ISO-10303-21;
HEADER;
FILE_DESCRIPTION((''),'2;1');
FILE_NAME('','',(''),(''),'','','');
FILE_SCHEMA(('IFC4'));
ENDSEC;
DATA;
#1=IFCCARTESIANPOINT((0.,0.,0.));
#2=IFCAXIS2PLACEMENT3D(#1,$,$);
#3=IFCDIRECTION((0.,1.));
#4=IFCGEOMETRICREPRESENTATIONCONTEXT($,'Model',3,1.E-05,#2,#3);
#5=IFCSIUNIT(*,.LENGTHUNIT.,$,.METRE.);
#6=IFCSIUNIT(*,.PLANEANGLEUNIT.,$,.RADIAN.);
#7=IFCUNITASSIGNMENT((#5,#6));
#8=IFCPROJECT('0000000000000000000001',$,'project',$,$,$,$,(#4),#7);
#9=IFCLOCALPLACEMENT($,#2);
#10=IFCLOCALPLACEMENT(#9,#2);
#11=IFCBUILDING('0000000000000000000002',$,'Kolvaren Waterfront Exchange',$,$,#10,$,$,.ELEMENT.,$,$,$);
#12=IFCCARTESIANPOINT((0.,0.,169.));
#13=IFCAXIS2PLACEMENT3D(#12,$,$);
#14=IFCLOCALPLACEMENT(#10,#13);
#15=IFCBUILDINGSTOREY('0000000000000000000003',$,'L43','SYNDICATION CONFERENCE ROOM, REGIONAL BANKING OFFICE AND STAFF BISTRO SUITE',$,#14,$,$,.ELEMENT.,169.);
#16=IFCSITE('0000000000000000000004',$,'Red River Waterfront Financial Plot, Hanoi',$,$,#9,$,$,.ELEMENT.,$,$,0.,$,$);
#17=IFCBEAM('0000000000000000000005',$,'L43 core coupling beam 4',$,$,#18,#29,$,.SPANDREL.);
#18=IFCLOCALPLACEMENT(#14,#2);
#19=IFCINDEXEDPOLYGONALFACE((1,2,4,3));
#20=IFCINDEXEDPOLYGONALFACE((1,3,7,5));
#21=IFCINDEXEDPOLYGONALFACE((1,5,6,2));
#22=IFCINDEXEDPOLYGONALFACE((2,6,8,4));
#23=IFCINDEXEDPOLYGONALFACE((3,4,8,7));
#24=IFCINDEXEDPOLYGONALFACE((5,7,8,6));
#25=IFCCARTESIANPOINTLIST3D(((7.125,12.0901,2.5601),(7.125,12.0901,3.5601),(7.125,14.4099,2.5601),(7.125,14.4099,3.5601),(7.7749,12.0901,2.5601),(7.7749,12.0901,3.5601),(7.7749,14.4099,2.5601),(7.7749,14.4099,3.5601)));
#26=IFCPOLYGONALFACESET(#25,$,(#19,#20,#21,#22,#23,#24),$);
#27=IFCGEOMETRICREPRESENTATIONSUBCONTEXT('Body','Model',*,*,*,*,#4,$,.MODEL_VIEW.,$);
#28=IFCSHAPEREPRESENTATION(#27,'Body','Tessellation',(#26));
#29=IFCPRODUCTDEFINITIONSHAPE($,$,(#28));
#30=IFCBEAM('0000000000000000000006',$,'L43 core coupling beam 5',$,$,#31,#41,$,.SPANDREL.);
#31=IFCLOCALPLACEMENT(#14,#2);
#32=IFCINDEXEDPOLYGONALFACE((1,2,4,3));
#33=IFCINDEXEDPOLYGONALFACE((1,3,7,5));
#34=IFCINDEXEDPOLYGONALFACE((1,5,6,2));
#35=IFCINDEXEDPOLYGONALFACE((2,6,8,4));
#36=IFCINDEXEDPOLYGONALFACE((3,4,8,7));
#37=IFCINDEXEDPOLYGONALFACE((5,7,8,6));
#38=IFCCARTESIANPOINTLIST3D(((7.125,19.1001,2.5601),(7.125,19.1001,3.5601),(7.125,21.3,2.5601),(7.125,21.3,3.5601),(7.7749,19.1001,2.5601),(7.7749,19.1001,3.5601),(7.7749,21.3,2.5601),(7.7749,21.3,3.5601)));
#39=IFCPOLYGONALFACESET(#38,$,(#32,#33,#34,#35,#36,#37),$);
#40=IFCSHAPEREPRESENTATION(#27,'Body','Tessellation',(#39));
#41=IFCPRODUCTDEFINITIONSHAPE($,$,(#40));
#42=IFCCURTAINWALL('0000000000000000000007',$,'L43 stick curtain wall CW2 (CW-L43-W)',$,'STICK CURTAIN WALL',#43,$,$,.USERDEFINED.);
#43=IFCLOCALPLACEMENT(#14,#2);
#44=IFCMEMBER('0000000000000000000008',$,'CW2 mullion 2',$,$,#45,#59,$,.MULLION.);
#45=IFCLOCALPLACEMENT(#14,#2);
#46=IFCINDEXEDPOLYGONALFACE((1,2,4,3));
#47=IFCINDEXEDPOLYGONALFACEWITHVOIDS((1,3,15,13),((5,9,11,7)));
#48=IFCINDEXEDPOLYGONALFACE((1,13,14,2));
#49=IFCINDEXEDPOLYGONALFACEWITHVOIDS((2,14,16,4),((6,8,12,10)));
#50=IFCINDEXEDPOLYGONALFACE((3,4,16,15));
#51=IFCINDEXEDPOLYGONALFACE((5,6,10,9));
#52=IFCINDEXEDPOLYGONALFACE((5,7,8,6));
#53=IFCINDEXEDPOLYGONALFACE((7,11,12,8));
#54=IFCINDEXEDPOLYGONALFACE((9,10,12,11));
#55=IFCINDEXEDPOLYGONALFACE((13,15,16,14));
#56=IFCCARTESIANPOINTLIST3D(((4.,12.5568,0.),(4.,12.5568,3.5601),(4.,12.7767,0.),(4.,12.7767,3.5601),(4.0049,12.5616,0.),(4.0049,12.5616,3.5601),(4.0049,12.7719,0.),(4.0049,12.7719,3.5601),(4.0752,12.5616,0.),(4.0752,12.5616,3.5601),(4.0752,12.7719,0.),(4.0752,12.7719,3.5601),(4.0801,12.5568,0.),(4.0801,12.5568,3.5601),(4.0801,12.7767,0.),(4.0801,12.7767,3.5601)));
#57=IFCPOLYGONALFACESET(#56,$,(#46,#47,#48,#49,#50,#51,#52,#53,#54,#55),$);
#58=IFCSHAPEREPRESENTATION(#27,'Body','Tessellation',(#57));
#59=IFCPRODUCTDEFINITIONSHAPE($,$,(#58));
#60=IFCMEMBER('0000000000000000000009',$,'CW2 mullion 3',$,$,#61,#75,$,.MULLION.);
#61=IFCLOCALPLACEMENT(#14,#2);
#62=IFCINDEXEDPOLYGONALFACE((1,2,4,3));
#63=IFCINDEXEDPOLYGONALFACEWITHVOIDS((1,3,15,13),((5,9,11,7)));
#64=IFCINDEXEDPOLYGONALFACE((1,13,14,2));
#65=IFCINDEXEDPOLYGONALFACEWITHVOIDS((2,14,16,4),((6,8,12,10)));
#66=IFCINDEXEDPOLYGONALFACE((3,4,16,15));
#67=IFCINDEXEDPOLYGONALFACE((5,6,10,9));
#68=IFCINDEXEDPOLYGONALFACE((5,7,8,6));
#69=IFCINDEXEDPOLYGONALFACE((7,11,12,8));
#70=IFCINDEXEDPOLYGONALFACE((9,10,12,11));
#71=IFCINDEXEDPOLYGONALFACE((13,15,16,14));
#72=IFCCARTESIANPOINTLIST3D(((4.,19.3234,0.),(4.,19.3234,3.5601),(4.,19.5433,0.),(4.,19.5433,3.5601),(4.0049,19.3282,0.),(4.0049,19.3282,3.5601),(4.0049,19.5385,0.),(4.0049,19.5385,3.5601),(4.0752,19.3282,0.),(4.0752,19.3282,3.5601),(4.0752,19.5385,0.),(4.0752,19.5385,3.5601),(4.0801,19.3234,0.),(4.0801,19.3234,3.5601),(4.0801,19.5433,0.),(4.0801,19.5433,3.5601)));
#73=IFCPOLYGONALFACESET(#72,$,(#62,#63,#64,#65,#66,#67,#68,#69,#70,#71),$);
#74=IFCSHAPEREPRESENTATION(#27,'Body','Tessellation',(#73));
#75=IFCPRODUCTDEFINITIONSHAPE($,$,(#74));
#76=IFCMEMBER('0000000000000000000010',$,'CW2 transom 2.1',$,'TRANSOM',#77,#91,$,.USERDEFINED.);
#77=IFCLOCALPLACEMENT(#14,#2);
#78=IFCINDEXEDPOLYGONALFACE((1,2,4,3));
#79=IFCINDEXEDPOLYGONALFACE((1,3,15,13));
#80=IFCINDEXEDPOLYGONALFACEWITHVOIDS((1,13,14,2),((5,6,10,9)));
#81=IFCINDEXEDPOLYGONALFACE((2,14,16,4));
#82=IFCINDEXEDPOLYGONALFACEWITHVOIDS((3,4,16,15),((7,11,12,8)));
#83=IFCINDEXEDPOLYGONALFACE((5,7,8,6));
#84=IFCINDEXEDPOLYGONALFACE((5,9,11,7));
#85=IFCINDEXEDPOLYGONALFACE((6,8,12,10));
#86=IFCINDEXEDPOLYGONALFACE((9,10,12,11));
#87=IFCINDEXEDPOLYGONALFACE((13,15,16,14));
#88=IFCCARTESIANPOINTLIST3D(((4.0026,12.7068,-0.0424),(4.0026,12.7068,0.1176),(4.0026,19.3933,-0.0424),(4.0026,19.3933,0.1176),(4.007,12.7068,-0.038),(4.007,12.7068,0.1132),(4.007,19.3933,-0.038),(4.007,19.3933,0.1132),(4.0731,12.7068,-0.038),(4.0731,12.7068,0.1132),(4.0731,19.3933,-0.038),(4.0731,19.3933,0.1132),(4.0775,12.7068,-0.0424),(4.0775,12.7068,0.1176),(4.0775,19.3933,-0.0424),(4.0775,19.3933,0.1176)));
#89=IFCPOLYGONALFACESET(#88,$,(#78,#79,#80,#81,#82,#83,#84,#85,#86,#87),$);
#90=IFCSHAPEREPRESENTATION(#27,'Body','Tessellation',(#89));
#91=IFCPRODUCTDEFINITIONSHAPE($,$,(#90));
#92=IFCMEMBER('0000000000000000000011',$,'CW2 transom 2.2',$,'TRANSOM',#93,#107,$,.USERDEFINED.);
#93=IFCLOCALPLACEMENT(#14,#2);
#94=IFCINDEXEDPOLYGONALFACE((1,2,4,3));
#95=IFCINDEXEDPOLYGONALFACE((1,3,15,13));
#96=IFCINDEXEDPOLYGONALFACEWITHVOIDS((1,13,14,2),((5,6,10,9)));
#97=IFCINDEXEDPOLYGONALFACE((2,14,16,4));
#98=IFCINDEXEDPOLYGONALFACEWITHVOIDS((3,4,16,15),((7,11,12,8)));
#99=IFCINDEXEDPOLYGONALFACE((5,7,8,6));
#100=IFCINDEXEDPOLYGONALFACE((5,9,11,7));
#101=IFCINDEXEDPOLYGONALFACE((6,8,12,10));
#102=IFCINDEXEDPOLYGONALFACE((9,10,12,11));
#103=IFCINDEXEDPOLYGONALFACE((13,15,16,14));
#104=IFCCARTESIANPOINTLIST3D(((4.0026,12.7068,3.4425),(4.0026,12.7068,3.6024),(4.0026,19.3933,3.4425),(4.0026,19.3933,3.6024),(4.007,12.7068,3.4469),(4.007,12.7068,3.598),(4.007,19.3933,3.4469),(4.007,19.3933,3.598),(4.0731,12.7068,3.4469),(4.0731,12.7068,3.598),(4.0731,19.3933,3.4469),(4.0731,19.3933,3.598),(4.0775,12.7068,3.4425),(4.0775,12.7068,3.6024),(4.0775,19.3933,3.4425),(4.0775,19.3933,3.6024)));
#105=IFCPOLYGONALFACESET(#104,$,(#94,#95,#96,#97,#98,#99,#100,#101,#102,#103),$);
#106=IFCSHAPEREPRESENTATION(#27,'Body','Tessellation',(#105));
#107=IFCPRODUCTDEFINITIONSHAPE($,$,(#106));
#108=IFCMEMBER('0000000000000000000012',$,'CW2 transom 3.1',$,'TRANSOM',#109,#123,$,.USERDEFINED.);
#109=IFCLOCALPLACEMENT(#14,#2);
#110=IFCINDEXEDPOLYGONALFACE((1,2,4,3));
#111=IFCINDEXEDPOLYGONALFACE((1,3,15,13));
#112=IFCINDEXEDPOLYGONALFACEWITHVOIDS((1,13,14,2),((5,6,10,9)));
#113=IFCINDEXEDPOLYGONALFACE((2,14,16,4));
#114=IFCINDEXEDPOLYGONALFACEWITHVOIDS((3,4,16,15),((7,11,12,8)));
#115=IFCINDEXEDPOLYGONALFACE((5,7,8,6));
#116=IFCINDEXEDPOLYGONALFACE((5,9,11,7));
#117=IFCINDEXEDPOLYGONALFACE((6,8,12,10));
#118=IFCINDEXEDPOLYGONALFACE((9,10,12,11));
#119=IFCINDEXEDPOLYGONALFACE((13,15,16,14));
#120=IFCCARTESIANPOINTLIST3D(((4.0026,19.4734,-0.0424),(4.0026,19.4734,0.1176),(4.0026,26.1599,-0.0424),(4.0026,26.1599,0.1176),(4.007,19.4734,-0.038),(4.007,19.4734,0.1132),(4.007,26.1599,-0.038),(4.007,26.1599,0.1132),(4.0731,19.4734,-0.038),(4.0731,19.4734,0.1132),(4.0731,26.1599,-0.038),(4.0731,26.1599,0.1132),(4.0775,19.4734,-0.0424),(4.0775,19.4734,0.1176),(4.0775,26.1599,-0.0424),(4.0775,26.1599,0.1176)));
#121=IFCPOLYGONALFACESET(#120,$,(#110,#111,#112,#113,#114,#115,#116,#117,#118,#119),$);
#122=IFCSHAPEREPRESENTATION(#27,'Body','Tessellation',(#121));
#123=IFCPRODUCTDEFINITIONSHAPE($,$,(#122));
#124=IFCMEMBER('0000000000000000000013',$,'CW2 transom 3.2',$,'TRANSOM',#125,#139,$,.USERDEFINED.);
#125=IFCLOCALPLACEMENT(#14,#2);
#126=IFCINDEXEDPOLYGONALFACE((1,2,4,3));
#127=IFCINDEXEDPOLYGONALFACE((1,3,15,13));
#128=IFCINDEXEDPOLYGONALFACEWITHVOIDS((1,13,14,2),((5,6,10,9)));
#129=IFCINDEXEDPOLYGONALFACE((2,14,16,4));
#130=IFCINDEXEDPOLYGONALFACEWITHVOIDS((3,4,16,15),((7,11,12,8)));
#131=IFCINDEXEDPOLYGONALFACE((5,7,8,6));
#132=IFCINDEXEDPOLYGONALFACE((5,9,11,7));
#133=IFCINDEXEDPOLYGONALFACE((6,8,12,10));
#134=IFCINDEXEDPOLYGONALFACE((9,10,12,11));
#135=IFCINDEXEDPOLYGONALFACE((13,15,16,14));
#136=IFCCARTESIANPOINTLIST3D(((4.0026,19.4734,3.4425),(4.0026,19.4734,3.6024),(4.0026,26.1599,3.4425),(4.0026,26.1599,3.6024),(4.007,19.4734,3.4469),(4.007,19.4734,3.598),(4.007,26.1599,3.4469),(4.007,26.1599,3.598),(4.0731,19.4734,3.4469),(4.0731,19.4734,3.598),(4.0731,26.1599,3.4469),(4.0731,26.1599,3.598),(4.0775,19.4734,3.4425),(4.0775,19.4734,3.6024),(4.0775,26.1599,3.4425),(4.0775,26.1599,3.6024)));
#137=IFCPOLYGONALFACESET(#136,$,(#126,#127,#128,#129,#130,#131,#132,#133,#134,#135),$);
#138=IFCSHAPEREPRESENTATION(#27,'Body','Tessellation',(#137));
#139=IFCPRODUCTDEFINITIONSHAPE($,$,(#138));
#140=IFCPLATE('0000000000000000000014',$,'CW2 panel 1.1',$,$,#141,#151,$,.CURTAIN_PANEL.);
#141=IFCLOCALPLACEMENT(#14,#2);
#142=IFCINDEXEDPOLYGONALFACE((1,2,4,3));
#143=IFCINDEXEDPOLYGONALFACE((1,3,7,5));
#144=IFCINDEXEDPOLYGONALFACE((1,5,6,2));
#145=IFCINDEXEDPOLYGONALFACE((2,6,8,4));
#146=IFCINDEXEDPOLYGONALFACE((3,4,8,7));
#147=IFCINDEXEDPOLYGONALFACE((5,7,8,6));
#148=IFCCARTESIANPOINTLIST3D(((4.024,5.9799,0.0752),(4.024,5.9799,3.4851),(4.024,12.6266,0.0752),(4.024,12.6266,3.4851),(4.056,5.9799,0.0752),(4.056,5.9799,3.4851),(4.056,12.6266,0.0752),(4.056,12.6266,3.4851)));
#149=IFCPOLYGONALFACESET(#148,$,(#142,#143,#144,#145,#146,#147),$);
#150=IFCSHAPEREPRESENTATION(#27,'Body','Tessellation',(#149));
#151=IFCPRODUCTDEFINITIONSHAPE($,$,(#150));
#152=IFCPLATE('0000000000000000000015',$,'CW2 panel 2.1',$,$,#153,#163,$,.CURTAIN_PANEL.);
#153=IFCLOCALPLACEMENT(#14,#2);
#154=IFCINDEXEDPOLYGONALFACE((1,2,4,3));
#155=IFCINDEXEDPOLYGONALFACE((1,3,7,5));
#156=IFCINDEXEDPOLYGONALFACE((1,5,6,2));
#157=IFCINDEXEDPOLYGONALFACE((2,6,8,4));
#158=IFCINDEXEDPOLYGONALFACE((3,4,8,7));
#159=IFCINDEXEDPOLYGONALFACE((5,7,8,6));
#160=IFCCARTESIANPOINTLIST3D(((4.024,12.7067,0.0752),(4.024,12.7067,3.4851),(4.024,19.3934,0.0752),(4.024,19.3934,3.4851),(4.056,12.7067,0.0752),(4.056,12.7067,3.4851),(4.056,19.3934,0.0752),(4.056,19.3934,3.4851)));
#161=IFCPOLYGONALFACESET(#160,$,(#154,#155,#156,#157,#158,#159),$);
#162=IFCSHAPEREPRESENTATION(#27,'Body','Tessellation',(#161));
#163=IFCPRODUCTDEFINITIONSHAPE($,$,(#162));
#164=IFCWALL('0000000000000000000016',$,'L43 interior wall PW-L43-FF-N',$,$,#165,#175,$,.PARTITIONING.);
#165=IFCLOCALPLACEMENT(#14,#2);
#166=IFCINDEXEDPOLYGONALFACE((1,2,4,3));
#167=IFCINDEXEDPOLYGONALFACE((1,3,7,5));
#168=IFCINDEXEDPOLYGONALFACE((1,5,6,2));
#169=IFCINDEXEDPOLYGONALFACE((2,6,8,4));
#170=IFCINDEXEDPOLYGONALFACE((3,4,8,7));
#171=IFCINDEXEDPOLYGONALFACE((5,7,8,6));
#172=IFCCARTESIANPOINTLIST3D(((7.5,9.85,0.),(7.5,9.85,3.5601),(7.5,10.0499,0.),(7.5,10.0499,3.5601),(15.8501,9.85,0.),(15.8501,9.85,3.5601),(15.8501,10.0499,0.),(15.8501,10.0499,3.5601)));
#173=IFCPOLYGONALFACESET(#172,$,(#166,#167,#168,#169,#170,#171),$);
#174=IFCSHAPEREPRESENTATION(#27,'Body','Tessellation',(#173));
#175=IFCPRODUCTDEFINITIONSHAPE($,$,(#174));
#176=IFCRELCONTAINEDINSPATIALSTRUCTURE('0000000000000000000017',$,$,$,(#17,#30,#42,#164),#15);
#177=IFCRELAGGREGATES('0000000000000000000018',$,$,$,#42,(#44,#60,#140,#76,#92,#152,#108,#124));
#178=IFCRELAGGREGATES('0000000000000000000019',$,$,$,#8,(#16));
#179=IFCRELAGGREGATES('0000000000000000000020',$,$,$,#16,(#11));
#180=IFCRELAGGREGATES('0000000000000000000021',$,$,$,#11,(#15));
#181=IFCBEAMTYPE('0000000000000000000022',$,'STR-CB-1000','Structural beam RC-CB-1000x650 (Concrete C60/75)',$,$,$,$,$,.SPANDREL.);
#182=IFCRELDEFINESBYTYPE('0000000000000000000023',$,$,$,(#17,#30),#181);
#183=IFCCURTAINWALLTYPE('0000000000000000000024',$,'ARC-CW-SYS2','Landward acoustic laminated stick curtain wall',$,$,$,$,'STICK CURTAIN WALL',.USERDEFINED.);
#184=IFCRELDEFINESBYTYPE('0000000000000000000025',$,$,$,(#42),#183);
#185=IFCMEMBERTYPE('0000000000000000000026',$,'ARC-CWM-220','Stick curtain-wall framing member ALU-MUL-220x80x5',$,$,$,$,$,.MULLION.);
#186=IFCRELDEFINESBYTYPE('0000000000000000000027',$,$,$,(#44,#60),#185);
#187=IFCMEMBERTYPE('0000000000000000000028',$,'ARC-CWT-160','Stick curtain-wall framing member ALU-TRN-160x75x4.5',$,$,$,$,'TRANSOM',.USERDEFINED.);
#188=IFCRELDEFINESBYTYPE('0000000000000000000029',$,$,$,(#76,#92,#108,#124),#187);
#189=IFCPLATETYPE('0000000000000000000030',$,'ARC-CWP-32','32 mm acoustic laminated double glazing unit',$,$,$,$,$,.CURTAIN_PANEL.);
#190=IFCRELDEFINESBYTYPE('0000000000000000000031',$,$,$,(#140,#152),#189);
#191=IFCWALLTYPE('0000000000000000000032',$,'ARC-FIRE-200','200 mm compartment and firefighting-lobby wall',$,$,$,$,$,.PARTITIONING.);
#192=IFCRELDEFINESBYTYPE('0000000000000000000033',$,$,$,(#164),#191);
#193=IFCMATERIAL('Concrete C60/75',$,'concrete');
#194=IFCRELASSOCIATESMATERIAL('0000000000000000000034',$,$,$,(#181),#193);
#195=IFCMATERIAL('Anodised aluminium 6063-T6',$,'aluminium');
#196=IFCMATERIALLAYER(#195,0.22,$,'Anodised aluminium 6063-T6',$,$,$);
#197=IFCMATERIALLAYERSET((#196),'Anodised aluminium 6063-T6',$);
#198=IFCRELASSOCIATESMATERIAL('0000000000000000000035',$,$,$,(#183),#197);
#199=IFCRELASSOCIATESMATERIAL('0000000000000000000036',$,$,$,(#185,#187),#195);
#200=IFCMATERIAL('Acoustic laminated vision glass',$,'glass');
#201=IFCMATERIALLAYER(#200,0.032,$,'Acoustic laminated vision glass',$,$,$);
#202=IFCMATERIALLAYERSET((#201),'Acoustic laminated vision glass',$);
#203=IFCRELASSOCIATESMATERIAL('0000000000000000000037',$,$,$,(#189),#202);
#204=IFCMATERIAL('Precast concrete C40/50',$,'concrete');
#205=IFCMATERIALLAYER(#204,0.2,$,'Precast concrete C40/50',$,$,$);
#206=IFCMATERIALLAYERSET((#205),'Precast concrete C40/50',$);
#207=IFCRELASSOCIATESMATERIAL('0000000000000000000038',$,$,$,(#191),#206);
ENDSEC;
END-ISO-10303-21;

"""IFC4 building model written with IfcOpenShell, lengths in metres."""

from ifc_helpers import new_model, si_unit, direction, frame, frame_2d, origin, origin_with_axes, origin_2d, place, context, subcontext, project, spatial, rectangle, hollow_rectangle, extrude, source, transform, mapped, material, layer, layer_set, material_profile, profile_set, type_object, element, aggregate, save


model = new_model("IFC4")

# Units and contexts
model_context = context("Model", 3, precision=1e-05, world=origin(), true_north=direction((0.0, 1.0)))
body_context = subcontext(model_context, "Body", "Model", "MODEL_VIEW")
ifc_project = project(units=[si_unit("LENGTHUNIT", "METRE"), si_unit("PLANEANGLEUNIT", "RADIAN")], contexts=[model_context])

# Site, building, storey
site_placement = place(None, origin())
site = spatial("IfcSite", under=ifc_project, at=site_placement, Name="Red River Waterfront Financial Plot, Hanoi", CompositionType="ELEMENT", RefElevation=0.0)
building_placement = place(site_placement, origin())
building = spatial("IfcBuilding", under=site, at=building_placement, Name="Kolvaren Waterfront Exchange", CompositionType="ELEMENT")
storey_placement = place(building_placement, frame((0.0, 0.0, 169.0)))
storey = spatial("IfcBuildingStorey", under=building, at=storey_placement, Name="L43", Description="SYNDICATION CONFERENCE ROOM, REGIONAL BANKING OFFICE AND STAFF BISTRO SUITE", CompositionType="ELEMENT", Elevation=169.0)

# Beams
ifc_material_1 = material(Name="Concrete C60/75", Category="concrete")
ifc_material_profile_1 = material_profile(ifc_material_1, rectangle(XDim=0.6499, YDim=1.0, at=origin_2d()), Name="RC-CB-1000x650")
ifc_profile_set_1 = profile_set([ifc_material_profile_1], Name="Concrete C60/75")
beam_type = type_object("IfcBeamType", Name="STR-CB-1000", Description="Structural beam RC-CB-1000x650 (Concrete C60/75)", PredefinedType="SPANDREL", material=ifc_profile_set_1)
beam_1_placement = place(storey_placement, frame((7.45, 12.0901, 3.0601), z_axis=(0.0, 1.0, 0.0), x_axis=(-1.0, 0.0, 0.0)))
element("IfcBeam", 1, at=beam_1_placement, inside=storey, type_object=beam_type, Name="L43 core coupling beam 4", PredefinedType="SPANDREL", context=body_context, shape_type="SweptSolid", body=[
    extrude(rectangle(XDim=0.6499, YDim=1.0, at=origin_2d()), origin(), (0.0, 0.0, 1.0), 2.3198),
])
beam_2_placement = place(storey_placement, frame((7.45, 19.1001, 3.0601), z_axis=(0.0, 1.0, 0.0), x_axis=(-1.0, 0.0, 0.0)))
element("IfcBeam", 2, at=beam_2_placement, inside=storey, type_object=beam_type, Name="L43 core coupling beam 5", PredefinedType="SPANDREL", context=body_context, shape_type="SweptSolid", body=[
    extrude(rectangle(XDim=0.6499, YDim=1.0, at=origin_2d()), origin(), (0.0, 0.0, 1.0), 2.2),
])

# Curtain wall, members, plates
ifc_material_2 = material(Name="Anodised aluminium 6063-T6", Category="aluminium")
ifc_layer_1 = layer(ifc_material_2, 0.22, Name="Anodised aluminium 6063-T6")
ifc_layer_set_1 = layer_set([ifc_layer_1], Name="Anodised aluminium 6063-T6")
curtain_wall_type = type_object("IfcCurtainWallType", Name="ARC-CW-SYS2", Description="Landward acoustic laminated stick curtain wall", ElementType="STICK CURTAIN WALL", PredefinedType="USERDEFINED", material=ifc_layer_set_1)
curtain_wall_placement = place(storey_placement, origin())
curtain_wall = element("IfcCurtainWall", 3, at=curtain_wall_placement, inside=storey, type_object=curtain_wall_type, Name="L43 stick curtain wall CW2 (CW-L43-W)", ObjectType="STICK CURTAIN WALL", PredefinedType="USERDEFINED")
ifc_material_profile_2 = material_profile(ifc_material_2, hollow_rectangle(XDim=0.0801, YDim=0.22, WallThickness=0.0049, at=origin_2d()), Name="ALU-MUL-220x80x5")
ifc_profile_set_2 = profile_set([ifc_material_profile_2], Name="Anodised aluminium 6063-T6")
member_type_1 = type_object("IfcMemberType", Name="ARC-CWM-220", Description="Stick curtain-wall framing member ALU-MUL-220x80x5", PredefinedType="MULLION", material=ifc_profile_set_2)
shared_shape_1 = source(origin_with_axes(), body_context, "Body", "SweptSolid", [
    extrude(hollow_rectangle(XDim=0.0801, YDim=0.22, WallThickness=0.0049, at=origin_2d()), origin(), (0.0, 0.0, 1.0), 3.5601),
])
member_1_placement = place(storey_placement, frame((4.04, 12.6667, 0.0), z_axis=(0.0, 0.0, 1.0), x_axis=(-1.0, 0.0, 0.0)))
member_1 = element("IfcMember", 4, at=member_1_placement, type_object=member_type_1, Name="CW2 mullion 2", PredefinedType="MULLION", context=body_context, shape_type="MappedRepresentation", body=[
    mapped(shared_shape_1, transform((0.0, 0.0, 0.0), x_axis=(1.0, 0.0, 0.0), y_axis=(0.0, 1.0, 0.0), z_axis=(0.0, 0.0, 1.0), scale=1.0)),
])
member_2_placement = place(storey_placement, frame((4.04, 19.4333, 0.0), z_axis=(0.0, 0.0, 1.0), x_axis=(-1.0, 0.0, 0.0)))
member_2 = element("IfcMember", 5, at=member_2_placement, type_object=member_type_1, Name="CW2 mullion 3", PredefinedType="MULLION", context=body_context, shape_type="MappedRepresentation", body=[
    mapped(shared_shape_1, transform((0.0, 0.0, 0.0), x_axis=(1.0, 0.0, 0.0), y_axis=(0.0, 1.0, 0.0), z_axis=(0.0, 0.0, 1.0), scale=1.0)),
])
ifc_material_profile_3 = material_profile(ifc_material_2, hollow_rectangle(XDim=0.075, YDim=0.1599, WallThickness=0.0044, at=origin_2d()), Name="ALU-TRN-160x75x4.5")
ifc_profile_set_3 = profile_set([ifc_material_profile_3], Name="Anodised aluminium 6063-T6")
member_type_2 = type_object("IfcMemberType", Name="ARC-CWT-160", Description="Stick curtain-wall framing member ALU-TRN-160x75x4.5", ElementType="TRANSOM", PredefinedType="USERDEFINED", material=ifc_profile_set_3)
shared_shape_2 = source(origin_with_axes(), body_context, "Body", "SweptSolid", [
    extrude(hollow_rectangle(XDim=0.075, YDim=0.1599, WallThickness=0.0044, at=origin_2d()), origin(), (0.0, 0.0, 1.0), 6.6865),
])
member_3_placement = place(storey_placement, frame((4.04, 12.7068, 0.0376), z_axis=(0.0, 1.0, 0.0), x_axis=(-1.0, 0.0, 0.0)))
member_3 = element("IfcMember", 6, at=member_3_placement, type_object=member_type_2, Name="CW2 transom 2.1", ObjectType="TRANSOM", PredefinedType="USERDEFINED", context=body_context, shape_type="MappedRepresentation", body=[
    mapped(shared_shape_2, transform((0.0, 0.0, 0.0), x_axis=(1.0, 0.0, 0.0), y_axis=(0.0, 1.0, 0.0), z_axis=(0.0, 0.0, 1.0), scale=1.0)),
])
member_4_placement = place(storey_placement, frame((4.04, 12.7068, 3.5225), z_axis=(0.0, 1.0, 0.0), x_axis=(-1.0, 0.0, 0.0)))
member_4 = element("IfcMember", 7, at=member_4_placement, type_object=member_type_2, Name="CW2 transom 2.2", ObjectType="TRANSOM", PredefinedType="USERDEFINED", context=body_context, shape_type="MappedRepresentation", body=[
    mapped(shared_shape_2, transform((0.0, 0.0, 0.0), x_axis=(1.0, 0.0, 0.0), y_axis=(0.0, 1.0, 0.0), z_axis=(0.0, 0.0, 1.0), scale=1.0)),
])
member_5_placement = place(storey_placement, frame((4.04, 19.4734, 0.0376), z_axis=(0.0, 1.0, 0.0), x_axis=(-1.0, 0.0, 0.0)))
member_5 = element("IfcMember", 8, at=member_5_placement, type_object=member_type_2, Name="CW2 transom 3.1", ObjectType="TRANSOM", PredefinedType="USERDEFINED", context=body_context, shape_type="MappedRepresentation", body=[
    mapped(shared_shape_2, transform((0.0, 0.0, 0.0), x_axis=(1.0, 0.0, 0.0), y_axis=(0.0, 1.0, 0.0), z_axis=(0.0, 0.0, 1.0), scale=1.0)),
])
member_6_placement = place(storey_placement, frame((4.04, 19.4734, 3.5225), z_axis=(0.0, 1.0, 0.0), x_axis=(-1.0, 0.0, 0.0)))
member_6 = element("IfcMember", 9, at=member_6_placement, type_object=member_type_2, Name="CW2 transom 3.2", ObjectType="TRANSOM", PredefinedType="USERDEFINED", context=body_context, shape_type="MappedRepresentation", body=[
    mapped(shared_shape_2, transform((0.0, 0.0, 0.0), x_axis=(1.0, 0.0, 0.0), y_axis=(0.0, 1.0, 0.0), z_axis=(0.0, 0.0, 1.0), scale=1.0)),
])
ifc_material_3 = material(Name="Acoustic laminated vision glass", Category="glass")
ifc_layer_2 = layer(ifc_material_3, 0.032, Name="Acoustic laminated vision glass")
ifc_layer_set_2 = layer_set([ifc_layer_2], Name="Acoustic laminated vision glass")
plate_type = type_object("IfcPlateType", Name="ARC-CWP-32", Description="32 mm acoustic laminated double glazing unit", PredefinedType="CURTAIN_PANEL", material=ifc_layer_set_2)
shared_shape_3 = source(origin_with_axes(), body_context, "Body", "SweptSolid", [
    extrude(rectangle(XDim=6.6467, YDim=0.032, at=origin_2d()), origin(), (0.0, 0.0, 1.0), 3.4099),
])
plate_1_placement = place(storey_placement, frame((4.04, 9.3032, 0.0752), z_axis=(0.0, 0.0, 1.0), x_axis=(0.0, 1.0, 0.0)))
plate_1 = element("IfcPlate", 10, at=plate_1_placement, type_object=plate_type, Name="CW2 panel 1.1", PredefinedType="CURTAIN_PANEL", context=body_context, shape_type="MappedRepresentation", body=[
    mapped(shared_shape_3, transform((0.0, 0.0, 0.0), x_axis=(1.0, 0.0, 0.0), y_axis=(0.0, 1.0, 0.0), z_axis=(0.0, 0.0, 1.0), scale=1.0)),
])
shared_shape_4 = source(origin_with_axes(), body_context, "Body", "SweptSolid", [
    extrude(rectangle(XDim=6.6868, YDim=0.032, at=origin_2d()), origin(), (0.0, 0.0, 1.0), 3.4099),
])
plate_2_placement = place(storey_placement, frame((4.04, 16.05, 0.0752), z_axis=(0.0, 0.0, 1.0), x_axis=(0.0, 1.0, 0.0)))
plate_2 = element("IfcPlate", 11, at=plate_2_placement, type_object=plate_type, Name="CW2 panel 2.1", PredefinedType="CURTAIN_PANEL", context=body_context, shape_type="MappedRepresentation", body=[
    mapped(shared_shape_4, transform((0.0, 0.0, 0.0), x_axis=(1.0, 0.0, 0.0), y_axis=(0.0, 1.0, 0.0), z_axis=(0.0, 0.0, 1.0), scale=1.0)),
])
aggregate(curtain_wall, [member_1, member_2, plate_1, member_3, member_4, plate_2, member_5, member_6])

# Wall
ifc_material_4 = material(Name="Precast concrete C40/50", Category="concrete")
ifc_layer_3 = layer(ifc_material_4, 0.2, Name="Precast concrete C40/50")
ifc_layer_set_3 = layer_set([ifc_layer_3], Name="Precast concrete C40/50")
wall_type_1 = type_object("IfcWallType", Name="ARC-FIRE-200", Description="200 mm compartment and firefighting-lobby wall", PredefinedType="PARTITIONING", material=ifc_layer_set_3)
wall_1_placement = place(storey_placement, frame((7.5, 9.95, 0.0), z_axis=(0.0, 0.0, 1.0), x_axis=(1.0, 0.0, 0.0)))
element("IfcWall", 12, at=wall_1_placement, inside=storey, type_object=wall_type_1, Name="L43 interior wall PW-L43-FF-N", PredefinedType="PARTITIONING", context=body_context, shape_type="SweptSolid", body=[
    extrude(rectangle(XDim=8.3501, YDim=0.2, at=frame_2d((4.175, 0.0))), origin(), (0.0, 0.0, 1.0), 3.5601),
])

save(model, "model.ifc")
